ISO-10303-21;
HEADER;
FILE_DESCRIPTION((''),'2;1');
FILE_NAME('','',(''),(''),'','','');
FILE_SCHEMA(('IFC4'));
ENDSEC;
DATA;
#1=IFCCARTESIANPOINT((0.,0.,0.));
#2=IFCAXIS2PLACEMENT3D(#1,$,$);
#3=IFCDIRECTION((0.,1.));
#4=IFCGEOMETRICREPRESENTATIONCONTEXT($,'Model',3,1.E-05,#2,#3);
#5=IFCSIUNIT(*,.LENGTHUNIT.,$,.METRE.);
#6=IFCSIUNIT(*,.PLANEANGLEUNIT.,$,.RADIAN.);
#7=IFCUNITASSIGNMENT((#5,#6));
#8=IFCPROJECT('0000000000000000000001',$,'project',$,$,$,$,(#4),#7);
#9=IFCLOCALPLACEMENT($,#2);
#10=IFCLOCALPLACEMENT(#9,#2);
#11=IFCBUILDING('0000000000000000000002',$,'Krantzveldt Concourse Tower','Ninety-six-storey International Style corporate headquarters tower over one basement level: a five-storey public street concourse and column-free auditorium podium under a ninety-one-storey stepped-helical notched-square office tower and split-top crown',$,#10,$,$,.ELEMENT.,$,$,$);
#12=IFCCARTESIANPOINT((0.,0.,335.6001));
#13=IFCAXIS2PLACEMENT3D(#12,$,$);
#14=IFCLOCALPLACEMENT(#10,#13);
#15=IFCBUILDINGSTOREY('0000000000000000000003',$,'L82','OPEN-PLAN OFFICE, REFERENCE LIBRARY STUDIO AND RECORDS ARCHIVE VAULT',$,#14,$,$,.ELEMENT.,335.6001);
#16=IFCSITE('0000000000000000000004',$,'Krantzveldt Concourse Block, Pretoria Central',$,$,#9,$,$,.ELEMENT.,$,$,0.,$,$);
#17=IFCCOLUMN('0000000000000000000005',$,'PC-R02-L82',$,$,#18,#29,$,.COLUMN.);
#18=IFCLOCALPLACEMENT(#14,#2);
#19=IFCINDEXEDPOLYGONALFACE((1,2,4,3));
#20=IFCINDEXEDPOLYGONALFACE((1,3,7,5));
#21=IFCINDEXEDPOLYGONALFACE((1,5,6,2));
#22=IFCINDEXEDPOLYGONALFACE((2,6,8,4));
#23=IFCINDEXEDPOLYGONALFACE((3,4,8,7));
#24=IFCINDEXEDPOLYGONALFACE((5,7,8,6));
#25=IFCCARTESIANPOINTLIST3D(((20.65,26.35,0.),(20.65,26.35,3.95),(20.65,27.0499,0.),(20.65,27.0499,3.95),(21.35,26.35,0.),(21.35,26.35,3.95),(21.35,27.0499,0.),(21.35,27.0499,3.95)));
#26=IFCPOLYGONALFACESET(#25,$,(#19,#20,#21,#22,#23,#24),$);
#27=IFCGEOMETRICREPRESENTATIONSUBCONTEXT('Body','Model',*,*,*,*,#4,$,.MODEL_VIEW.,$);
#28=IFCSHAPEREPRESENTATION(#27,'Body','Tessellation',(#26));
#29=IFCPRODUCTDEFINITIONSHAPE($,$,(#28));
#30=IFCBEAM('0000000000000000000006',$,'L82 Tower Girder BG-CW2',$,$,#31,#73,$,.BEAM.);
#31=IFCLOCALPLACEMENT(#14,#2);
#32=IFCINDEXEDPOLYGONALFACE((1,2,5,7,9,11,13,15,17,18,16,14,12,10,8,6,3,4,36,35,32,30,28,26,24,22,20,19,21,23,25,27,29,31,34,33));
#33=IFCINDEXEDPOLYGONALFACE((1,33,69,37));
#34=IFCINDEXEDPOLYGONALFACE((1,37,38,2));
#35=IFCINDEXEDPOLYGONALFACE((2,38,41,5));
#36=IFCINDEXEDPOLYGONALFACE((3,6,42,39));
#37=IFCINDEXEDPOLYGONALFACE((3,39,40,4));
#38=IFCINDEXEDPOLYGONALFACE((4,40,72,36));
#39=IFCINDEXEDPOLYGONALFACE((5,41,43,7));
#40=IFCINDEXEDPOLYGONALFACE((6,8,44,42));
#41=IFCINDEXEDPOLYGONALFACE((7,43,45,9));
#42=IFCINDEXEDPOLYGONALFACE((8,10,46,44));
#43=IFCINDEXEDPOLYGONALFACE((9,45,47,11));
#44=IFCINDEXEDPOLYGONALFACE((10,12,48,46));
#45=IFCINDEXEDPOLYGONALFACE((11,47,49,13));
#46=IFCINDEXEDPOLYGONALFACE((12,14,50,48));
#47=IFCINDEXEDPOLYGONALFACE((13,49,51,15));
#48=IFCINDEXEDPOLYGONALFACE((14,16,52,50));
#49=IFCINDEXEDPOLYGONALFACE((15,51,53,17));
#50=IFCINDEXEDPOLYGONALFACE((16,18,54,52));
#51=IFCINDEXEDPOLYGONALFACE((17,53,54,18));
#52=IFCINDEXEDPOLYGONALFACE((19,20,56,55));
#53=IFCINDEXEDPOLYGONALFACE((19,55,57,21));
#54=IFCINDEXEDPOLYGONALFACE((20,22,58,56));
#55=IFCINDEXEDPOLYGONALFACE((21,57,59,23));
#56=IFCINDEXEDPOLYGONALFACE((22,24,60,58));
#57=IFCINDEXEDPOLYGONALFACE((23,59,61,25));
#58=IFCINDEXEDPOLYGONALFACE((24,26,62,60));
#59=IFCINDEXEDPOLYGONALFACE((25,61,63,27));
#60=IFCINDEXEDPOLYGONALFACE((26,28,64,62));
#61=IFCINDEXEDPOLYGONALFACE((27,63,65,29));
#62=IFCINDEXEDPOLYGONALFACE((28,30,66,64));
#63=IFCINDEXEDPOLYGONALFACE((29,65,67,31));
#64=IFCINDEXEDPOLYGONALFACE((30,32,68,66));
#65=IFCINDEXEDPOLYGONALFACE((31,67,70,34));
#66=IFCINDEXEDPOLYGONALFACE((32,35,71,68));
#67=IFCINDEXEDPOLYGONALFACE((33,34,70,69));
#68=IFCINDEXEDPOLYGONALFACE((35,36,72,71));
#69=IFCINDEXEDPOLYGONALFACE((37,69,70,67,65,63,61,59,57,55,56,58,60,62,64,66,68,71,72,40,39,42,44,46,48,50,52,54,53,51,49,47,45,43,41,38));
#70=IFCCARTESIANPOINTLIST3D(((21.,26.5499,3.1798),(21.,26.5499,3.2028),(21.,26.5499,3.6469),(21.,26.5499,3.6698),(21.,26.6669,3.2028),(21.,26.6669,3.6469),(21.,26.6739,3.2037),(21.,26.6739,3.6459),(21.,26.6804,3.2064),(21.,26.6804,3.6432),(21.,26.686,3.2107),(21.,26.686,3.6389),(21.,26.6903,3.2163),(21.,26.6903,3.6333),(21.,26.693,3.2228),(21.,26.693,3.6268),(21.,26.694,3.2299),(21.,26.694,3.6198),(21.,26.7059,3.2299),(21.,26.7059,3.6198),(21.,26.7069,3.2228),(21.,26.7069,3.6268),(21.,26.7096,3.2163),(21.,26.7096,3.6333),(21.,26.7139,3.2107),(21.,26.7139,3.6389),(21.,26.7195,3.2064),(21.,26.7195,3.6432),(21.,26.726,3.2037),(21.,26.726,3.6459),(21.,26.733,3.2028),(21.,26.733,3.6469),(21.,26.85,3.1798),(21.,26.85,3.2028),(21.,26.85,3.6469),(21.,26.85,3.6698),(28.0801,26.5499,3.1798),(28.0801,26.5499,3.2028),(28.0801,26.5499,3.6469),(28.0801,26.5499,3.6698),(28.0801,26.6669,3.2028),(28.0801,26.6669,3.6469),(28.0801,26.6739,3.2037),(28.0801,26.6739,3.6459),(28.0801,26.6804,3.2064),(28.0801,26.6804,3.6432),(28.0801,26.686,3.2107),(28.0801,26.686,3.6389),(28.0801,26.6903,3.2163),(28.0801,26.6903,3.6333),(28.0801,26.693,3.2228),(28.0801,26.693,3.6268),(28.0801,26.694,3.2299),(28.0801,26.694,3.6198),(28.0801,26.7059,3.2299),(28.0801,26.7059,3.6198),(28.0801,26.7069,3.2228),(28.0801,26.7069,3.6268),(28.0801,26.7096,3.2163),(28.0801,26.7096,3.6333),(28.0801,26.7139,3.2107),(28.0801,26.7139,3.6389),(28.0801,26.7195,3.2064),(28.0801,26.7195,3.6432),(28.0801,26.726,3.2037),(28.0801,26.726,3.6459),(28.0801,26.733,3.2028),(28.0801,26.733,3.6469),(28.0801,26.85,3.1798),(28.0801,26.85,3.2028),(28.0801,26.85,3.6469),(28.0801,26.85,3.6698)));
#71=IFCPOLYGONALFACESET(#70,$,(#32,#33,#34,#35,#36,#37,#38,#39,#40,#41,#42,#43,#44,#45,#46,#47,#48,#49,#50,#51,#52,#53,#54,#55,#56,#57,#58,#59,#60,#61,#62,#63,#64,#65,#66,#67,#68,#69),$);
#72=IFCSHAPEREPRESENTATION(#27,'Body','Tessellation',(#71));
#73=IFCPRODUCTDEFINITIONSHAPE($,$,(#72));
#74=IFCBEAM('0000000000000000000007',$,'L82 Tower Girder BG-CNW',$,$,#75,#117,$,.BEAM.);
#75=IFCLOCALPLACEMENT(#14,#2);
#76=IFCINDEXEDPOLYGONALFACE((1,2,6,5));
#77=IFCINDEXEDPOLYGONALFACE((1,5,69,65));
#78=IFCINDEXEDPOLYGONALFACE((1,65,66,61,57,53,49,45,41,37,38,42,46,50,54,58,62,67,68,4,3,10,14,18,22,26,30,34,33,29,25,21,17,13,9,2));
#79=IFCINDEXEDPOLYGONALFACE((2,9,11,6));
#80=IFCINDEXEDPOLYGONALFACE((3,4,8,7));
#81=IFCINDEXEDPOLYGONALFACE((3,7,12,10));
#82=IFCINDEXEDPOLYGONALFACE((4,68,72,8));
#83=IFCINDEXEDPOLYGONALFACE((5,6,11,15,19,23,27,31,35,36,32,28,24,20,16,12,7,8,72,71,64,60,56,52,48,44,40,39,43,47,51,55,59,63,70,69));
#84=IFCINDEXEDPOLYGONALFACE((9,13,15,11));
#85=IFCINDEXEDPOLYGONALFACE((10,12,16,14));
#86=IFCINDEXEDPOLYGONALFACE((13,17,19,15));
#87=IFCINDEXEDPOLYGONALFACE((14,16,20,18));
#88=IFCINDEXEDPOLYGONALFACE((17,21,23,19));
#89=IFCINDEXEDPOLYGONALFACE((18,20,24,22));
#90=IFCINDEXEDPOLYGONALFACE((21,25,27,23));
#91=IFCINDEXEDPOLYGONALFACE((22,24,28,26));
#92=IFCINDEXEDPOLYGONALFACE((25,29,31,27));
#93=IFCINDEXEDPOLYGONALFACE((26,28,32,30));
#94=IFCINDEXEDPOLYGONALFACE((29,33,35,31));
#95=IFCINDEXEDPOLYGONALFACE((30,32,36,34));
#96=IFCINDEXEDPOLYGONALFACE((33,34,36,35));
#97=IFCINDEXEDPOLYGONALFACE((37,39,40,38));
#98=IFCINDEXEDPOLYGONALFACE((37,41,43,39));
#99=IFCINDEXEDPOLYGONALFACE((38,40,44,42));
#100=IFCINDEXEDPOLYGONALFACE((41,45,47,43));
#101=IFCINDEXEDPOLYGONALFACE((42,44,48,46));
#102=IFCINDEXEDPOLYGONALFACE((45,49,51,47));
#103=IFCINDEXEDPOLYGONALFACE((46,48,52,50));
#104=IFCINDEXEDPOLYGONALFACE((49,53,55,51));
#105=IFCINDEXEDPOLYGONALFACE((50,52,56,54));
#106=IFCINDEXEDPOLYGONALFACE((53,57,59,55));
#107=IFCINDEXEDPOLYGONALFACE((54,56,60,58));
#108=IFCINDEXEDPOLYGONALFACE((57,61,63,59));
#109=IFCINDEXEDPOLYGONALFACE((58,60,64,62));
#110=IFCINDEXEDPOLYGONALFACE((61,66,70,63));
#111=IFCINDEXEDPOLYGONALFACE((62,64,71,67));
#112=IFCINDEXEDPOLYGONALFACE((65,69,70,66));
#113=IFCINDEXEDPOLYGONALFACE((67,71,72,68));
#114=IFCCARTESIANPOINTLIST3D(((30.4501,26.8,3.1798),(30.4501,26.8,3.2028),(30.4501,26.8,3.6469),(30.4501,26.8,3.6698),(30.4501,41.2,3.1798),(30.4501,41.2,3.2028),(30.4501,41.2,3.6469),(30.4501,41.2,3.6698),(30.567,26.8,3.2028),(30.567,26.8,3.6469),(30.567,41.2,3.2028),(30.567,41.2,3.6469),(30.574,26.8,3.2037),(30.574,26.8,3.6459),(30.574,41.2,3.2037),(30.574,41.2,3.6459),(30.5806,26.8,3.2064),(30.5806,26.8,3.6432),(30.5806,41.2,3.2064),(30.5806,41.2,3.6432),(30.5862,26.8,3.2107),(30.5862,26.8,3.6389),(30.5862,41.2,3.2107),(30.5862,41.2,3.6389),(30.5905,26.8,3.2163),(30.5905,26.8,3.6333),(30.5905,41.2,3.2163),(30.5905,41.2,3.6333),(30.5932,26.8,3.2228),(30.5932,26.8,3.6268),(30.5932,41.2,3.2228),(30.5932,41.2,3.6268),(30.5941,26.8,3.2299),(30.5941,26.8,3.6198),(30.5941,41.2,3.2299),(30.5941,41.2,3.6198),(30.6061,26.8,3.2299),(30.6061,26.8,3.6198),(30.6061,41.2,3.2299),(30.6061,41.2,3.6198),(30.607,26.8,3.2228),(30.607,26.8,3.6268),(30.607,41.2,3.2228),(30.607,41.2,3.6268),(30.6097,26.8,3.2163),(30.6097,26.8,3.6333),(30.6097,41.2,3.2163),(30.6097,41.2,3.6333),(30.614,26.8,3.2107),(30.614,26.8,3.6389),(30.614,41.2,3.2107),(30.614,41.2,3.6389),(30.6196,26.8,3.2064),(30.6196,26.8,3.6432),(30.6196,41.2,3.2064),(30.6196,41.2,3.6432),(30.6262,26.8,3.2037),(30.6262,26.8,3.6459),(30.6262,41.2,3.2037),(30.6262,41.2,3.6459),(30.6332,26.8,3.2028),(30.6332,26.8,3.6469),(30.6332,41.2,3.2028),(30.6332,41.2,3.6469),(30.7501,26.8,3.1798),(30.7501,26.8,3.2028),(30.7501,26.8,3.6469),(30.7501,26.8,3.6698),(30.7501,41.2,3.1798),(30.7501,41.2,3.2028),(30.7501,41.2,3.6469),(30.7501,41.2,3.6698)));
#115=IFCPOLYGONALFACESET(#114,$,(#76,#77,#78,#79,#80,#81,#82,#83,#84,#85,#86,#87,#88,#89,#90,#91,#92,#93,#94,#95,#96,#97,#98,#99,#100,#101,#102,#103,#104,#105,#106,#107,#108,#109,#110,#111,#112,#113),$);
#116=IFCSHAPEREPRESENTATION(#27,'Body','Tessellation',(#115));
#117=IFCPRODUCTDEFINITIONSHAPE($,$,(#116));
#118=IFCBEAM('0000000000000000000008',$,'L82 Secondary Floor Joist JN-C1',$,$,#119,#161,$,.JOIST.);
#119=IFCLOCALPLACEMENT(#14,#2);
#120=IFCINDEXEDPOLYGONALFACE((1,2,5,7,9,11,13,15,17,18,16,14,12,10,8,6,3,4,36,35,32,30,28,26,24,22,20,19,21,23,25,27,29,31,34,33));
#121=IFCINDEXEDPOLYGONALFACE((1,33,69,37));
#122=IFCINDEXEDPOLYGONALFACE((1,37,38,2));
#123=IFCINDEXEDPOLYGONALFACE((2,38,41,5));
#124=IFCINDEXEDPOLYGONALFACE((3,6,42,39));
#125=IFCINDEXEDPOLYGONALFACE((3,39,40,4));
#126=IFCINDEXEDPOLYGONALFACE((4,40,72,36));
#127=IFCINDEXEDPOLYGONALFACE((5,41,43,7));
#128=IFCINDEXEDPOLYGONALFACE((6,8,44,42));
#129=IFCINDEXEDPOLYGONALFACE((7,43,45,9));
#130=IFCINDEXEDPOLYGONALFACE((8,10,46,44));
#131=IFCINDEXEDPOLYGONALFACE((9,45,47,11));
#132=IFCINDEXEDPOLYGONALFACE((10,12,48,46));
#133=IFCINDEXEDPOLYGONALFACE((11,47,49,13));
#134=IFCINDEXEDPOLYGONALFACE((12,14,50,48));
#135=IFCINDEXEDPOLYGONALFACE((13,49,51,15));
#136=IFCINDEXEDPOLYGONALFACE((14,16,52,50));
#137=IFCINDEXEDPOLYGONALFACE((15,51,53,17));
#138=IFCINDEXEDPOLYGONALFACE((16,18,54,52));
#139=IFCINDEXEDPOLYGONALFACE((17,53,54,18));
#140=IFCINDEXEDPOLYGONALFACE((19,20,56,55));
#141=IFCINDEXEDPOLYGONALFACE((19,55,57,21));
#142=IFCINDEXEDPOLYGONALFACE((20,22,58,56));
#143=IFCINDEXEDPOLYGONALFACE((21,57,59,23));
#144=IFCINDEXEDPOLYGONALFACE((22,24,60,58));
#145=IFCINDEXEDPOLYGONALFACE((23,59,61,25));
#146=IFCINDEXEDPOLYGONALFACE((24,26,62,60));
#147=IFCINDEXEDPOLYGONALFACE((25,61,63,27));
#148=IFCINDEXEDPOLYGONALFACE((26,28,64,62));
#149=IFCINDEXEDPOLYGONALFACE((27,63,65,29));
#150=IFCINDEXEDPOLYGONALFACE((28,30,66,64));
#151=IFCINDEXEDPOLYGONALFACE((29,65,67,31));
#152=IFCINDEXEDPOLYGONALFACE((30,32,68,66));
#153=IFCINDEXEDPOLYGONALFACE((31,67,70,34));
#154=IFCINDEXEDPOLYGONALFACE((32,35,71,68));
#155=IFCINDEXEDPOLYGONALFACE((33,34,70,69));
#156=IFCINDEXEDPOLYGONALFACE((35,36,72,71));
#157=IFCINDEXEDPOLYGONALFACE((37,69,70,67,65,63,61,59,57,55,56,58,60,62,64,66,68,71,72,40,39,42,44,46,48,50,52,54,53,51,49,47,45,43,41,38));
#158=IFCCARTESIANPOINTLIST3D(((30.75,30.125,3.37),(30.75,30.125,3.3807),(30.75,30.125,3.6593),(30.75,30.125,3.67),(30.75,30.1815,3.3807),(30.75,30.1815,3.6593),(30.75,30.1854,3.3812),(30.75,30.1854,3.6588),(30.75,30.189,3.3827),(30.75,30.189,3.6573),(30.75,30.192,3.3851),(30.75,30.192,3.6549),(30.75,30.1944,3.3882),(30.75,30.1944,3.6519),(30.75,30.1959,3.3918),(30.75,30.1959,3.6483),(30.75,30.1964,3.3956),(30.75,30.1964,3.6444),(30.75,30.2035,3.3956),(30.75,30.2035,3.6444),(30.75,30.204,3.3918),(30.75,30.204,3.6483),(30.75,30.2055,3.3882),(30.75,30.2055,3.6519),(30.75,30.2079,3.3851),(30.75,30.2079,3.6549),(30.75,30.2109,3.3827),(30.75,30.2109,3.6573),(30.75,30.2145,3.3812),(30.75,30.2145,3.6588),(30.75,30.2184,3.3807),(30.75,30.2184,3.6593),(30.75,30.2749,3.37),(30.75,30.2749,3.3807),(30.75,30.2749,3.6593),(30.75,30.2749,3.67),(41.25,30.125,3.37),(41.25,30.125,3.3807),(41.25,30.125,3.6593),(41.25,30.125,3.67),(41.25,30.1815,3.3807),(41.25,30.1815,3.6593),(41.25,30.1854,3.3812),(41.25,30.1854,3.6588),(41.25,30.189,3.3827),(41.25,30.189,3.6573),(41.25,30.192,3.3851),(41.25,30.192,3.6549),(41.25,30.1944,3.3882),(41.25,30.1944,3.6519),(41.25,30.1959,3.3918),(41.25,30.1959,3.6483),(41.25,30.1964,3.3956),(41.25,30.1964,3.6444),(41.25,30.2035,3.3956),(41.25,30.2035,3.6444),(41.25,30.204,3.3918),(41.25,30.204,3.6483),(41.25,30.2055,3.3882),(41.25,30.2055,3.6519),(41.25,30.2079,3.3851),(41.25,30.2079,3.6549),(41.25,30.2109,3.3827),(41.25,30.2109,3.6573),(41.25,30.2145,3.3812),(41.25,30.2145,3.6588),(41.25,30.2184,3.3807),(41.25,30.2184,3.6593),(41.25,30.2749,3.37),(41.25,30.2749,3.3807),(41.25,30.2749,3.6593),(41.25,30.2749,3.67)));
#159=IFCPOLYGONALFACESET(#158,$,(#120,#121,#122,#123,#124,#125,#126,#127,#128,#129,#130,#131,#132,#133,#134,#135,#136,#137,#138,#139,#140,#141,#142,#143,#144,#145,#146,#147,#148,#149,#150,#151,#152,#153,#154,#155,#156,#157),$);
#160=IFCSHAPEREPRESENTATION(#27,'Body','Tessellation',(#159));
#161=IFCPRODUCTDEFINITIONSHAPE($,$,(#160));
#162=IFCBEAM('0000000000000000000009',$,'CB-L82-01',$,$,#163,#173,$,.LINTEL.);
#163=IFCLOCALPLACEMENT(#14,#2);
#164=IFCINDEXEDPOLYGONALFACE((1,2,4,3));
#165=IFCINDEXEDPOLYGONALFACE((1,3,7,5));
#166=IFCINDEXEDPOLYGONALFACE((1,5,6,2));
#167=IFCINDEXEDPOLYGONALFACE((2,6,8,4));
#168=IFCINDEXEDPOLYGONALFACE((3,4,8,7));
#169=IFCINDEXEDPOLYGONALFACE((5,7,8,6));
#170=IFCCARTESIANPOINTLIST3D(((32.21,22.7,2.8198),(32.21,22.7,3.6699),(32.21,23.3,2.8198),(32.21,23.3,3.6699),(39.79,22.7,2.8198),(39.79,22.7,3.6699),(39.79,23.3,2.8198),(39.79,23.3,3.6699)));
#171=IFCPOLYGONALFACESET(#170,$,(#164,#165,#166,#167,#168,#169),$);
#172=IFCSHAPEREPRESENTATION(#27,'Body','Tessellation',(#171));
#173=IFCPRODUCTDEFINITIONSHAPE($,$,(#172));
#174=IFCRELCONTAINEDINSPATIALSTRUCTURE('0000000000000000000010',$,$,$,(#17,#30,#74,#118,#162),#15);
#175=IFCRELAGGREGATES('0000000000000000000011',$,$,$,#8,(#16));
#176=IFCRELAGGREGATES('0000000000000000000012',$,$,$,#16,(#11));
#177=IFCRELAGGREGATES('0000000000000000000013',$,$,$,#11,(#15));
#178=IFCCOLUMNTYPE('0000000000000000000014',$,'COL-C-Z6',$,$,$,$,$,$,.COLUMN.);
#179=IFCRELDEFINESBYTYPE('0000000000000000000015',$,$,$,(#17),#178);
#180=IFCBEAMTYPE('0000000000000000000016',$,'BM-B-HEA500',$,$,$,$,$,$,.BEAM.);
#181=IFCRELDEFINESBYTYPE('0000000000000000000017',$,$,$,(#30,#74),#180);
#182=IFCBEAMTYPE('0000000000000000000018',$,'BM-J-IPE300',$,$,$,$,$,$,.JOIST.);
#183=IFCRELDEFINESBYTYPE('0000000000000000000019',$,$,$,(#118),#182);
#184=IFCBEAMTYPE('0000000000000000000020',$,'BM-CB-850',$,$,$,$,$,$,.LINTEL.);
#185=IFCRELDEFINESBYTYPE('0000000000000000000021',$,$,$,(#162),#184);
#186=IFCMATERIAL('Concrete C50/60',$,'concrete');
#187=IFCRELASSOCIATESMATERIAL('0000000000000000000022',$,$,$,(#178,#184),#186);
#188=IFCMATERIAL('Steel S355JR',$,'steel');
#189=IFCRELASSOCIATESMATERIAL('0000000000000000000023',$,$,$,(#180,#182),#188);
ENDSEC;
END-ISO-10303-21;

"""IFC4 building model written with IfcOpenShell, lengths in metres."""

from ifc_helpers import new_model, si_unit, direction, frame, origin, origin_2d, place, context, subcontext, project, spatial, rectangle, i_section, extrude, source, transform, mapped, material, material_profile, profile_set, type_object, type_shapes, element, save


model = new_model("IFC4")

# Units and contexts
model_context = context("Model", 3, precision=1e-05, world=origin(), true_north=direction((0.0, 1.0)))
body_context = subcontext(model_context, "Body", "Model", "MODEL_VIEW")
ifc_project = project(units=[si_unit("LENGTHUNIT", "METRE"), si_unit("PLANEANGLEUNIT", "RADIAN")], contexts=[model_context])

# Site, building, storey
site_placement = place(None, origin())
site = spatial("IfcSite", under=ifc_project, at=site_placement, Name="Krantzveldt Concourse Block, Pretoria Central", CompositionType="ELEMENT", RefElevation=0.0)
building_placement = place(site_placement, origin())
building = spatial("IfcBuilding", under=site, at=building_placement, Name="Krantzveldt Concourse Tower", Description="Ninety-six-storey International Style corporate headquarters tower over one basement level: a five-storey public street concourse and column-free auditorium podium under a ninety-one-storey stepped-helical notched-square office tower and split-top crown", CompositionType="ELEMENT")
storey_placement = place(building_placement, frame((0.0, 0.0, 335.6001)))
storey = spatial("IfcBuildingStorey", under=building, at=storey_placement, Name="L82", Description="OPEN-PLAN OFFICE, REFERENCE LIBRARY STUDIO AND RECORDS ARCHIVE VAULT", CompositionType="ELEMENT", Elevation=335.6001)

# Column
ifc_material_1 = material(Name="Concrete C50/60", Category="concrete")
ifc_material_profile_1 = material_profile(ifc_material_1, rectangle(XDim=0.7, YDim=0.7, at=origin_2d()), Name="Concrete C50/60", Category="concrete")
ifc_profile_set_1 = profile_set([ifc_material_profile_1], Name="Concrete C50/60 - RC 700x700")
column_type = type_object("IfcColumnType", Name="COL-C-Z6", PredefinedType="COLUMN", material=ifc_profile_set_1)
shared_shape_1 = source(origin(), body_context, "Body", "SweptSolid", [
    extrude(rectangle(XDim=0.7, YDim=0.7, at=origin_2d()), origin(), (0.0, 0.0, 1.0), 3.95),
])
type_shapes(column_type, [shared_shape_1])
column_placement = place(storey_placement, frame((21.0, 26.7, 0.0), z_axis=(0.0, 0.0, 1.0), x_axis=(1.0, 0.0, 0.0)))
element("IfcColumn", 1, at=column_placement, inside=storey, type_object=column_type, Name="PC-R02-L82", PredefinedType="COLUMN", context=body_context, shape_type="MappedRepresentation", body=[
    mapped(shared_shape_1, transform((0.0, 0.0, 0.0), x_axis=(1.0, 0.0, 0.0), y_axis=(0.0, 1.0, 0.0), z_axis=(0.0, 0.0, 1.0), scale=1.0)),
])

# Beams
ifc_material_2 = material(Name="Steel S355JR", Category="steel")
ifc_material_profile_2 = material_profile(ifc_material_2, i_section(OverallWidth=0.3, OverallDepth=0.49, WebThickness=0.012, FlangeThickness=0.0229, FilletRadius=0.0271, at=origin_2d()), Name="Steel S355JR", Category="steel")
ifc_profile_set_2 = profile_set([ifc_material_profile_2], Name="Steel S355JR - HEA 500")
beam_type_1 = type_object("IfcBeamType", Name="BM-B-HEA500", PredefinedType="BEAM", material=ifc_profile_set_2)
shared_shape_2 = source(origin(), body_context, "Body", "SweptSolid", [
    extrude(i_section(OverallWidth=0.3, OverallDepth=0.49, WebThickness=0.012, FlangeThickness=0.0229, FilletRadius=0.0271, at=origin_2d()), origin(), (0.0, 0.0, 1.0), 7.0801),
])
beam_1_placement = place(storey_placement, frame((21.0, 26.7, 3.4248), z_axis=(1.0, 0.0, 0.0), x_axis=(0.0, 1.0, 0.0)))
element("IfcBeam", 2, at=beam_1_placement, inside=storey, type_object=beam_type_1, Name="L82 Tower Girder BG-CW2", PredefinedType="BEAM", context=body_context, shape_type="MappedRepresentation", body=[
    mapped(shared_shape_2, transform((0.0, 0.0, 0.0), x_axis=(1.0, 0.0, 0.0), y_axis=(0.0, 1.0, 0.0), z_axis=(0.0, 0.0, 1.0), scale=1.0)),
])
shared_shape_3 = source(origin(), body_context, "Body", "SweptSolid", [
    extrude(i_section(OverallWidth=0.3, OverallDepth=0.49, WebThickness=0.012, FlangeThickness=0.0229, FilletRadius=0.0271, at=origin_2d()), origin(), (0.0, 0.0, 1.0), 14.3999),
])
type_shapes(beam_type_1, [shared_shape_2, shared_shape_3])
beam_2_placement = place(storey_placement, frame((30.6001, 26.8, 3.4248), z_axis=(0.0, 1.0, 0.0), x_axis=(-1.0, 0.0, 0.0)))
element("IfcBeam", 3, at=beam_2_placement, inside=storey, type_object=beam_type_1, Name="L82 Tower Girder BG-CNW", PredefinedType="BEAM", context=body_context, shape_type="MappedRepresentation", body=[
    mapped(shared_shape_3, transform((0.0, 0.0, 0.0), x_axis=(1.0, 0.0, 0.0), y_axis=(0.0, 1.0, 0.0), z_axis=(0.0, 0.0, 1.0), scale=1.0)),
])
ifc_material_profile_3 = material_profile(ifc_material_2, i_section(OverallWidth=0.1499, OverallDepth=0.3, WebThickness=0.0071, FlangeThickness=0.0107, FilletRadius=0.0149, at=origin_2d()), Name="Steel S355JR", Category="steel")
ifc_profile_set_3 = profile_set([ifc_material_profile_3], Name="Steel S355JR - IPE 300")
beam_type_2 = type_object("IfcBeamType", Name="BM-J-IPE300", PredefinedType="JOIST", material=ifc_profile_set_3)
shared_shape_4 = source(origin(), body_context, "Body", "SweptSolid", [
    extrude(i_section(OverallWidth=0.1499, OverallDepth=0.3, WebThickness=0.0071, FlangeThickness=0.0107, FilletRadius=0.0149, at=origin_2d()), origin(), (0.0, 0.0, 1.0), 10.5),
])
beam_3_placement = place(storey_placement, frame((30.75, 30.2, 3.52), z_axis=(1.0, 0.0, 0.0), x_axis=(0.0, 1.0, 0.0)))
element("IfcBeam", 4, at=beam_3_placement, inside=storey, type_object=beam_type_2, Name="L82 Secondary Floor Joist JN-C1", PredefinedType="JOIST", context=body_context, shape_type="MappedRepresentation", body=[
    mapped(shared_shape_4, transform((0.0, 0.0, 0.0), x_axis=(1.0, 0.0, 0.0), y_axis=(0.0, 1.0, 0.0), z_axis=(0.0, 0.0, 1.0), scale=1.0)),
])
ifc_material_profile_4 = material_profile(ifc_material_1, rectangle(XDim=0.6001, YDim=0.8501, at=origin_2d()), Name="Concrete C50/60", Category="concrete")
ifc_profile_set_4 = profile_set([ifc_material_profile_4], Name="Concrete C50/60 - RC-CB 600x850")
beam_type_3 = type_object("IfcBeamType", Name="BM-CB-850", PredefinedType="LINTEL", material=ifc_profile_set_4)
shared_shape_5 = source(origin(), body_context, "Body", "SweptSolid", [
    extrude(rectangle(XDim=0.6001, YDim=0.8501, at=origin_2d()), origin(), (0.0, 0.0, 1.0), 7.5801),
])
type_shapes(beam_type_3, [shared_shape_5])
beam_4_placement = place(storey_placement, frame((32.21, 23.0, 3.2449), z_axis=(1.0, 0.0, 0.0), x_axis=(0.0, 1.0, 0.0)))
element("IfcBeam", 5, at=beam_4_placement, inside=storey, type_object=beam_type_3, Name="CB-L82-01", PredefinedType="LINTEL", context=body_context, shape_type="MappedRepresentation", body=[
    mapped(shared_shape_5, transform((0.0, 0.0, 0.0), x_axis=(1.0, 0.0, 0.0), y_axis=(0.0, 1.0, 0.0), z_axis=(0.0, 0.0, 1.0), scale=1.0)),
])

save(model, "model.ifc")
